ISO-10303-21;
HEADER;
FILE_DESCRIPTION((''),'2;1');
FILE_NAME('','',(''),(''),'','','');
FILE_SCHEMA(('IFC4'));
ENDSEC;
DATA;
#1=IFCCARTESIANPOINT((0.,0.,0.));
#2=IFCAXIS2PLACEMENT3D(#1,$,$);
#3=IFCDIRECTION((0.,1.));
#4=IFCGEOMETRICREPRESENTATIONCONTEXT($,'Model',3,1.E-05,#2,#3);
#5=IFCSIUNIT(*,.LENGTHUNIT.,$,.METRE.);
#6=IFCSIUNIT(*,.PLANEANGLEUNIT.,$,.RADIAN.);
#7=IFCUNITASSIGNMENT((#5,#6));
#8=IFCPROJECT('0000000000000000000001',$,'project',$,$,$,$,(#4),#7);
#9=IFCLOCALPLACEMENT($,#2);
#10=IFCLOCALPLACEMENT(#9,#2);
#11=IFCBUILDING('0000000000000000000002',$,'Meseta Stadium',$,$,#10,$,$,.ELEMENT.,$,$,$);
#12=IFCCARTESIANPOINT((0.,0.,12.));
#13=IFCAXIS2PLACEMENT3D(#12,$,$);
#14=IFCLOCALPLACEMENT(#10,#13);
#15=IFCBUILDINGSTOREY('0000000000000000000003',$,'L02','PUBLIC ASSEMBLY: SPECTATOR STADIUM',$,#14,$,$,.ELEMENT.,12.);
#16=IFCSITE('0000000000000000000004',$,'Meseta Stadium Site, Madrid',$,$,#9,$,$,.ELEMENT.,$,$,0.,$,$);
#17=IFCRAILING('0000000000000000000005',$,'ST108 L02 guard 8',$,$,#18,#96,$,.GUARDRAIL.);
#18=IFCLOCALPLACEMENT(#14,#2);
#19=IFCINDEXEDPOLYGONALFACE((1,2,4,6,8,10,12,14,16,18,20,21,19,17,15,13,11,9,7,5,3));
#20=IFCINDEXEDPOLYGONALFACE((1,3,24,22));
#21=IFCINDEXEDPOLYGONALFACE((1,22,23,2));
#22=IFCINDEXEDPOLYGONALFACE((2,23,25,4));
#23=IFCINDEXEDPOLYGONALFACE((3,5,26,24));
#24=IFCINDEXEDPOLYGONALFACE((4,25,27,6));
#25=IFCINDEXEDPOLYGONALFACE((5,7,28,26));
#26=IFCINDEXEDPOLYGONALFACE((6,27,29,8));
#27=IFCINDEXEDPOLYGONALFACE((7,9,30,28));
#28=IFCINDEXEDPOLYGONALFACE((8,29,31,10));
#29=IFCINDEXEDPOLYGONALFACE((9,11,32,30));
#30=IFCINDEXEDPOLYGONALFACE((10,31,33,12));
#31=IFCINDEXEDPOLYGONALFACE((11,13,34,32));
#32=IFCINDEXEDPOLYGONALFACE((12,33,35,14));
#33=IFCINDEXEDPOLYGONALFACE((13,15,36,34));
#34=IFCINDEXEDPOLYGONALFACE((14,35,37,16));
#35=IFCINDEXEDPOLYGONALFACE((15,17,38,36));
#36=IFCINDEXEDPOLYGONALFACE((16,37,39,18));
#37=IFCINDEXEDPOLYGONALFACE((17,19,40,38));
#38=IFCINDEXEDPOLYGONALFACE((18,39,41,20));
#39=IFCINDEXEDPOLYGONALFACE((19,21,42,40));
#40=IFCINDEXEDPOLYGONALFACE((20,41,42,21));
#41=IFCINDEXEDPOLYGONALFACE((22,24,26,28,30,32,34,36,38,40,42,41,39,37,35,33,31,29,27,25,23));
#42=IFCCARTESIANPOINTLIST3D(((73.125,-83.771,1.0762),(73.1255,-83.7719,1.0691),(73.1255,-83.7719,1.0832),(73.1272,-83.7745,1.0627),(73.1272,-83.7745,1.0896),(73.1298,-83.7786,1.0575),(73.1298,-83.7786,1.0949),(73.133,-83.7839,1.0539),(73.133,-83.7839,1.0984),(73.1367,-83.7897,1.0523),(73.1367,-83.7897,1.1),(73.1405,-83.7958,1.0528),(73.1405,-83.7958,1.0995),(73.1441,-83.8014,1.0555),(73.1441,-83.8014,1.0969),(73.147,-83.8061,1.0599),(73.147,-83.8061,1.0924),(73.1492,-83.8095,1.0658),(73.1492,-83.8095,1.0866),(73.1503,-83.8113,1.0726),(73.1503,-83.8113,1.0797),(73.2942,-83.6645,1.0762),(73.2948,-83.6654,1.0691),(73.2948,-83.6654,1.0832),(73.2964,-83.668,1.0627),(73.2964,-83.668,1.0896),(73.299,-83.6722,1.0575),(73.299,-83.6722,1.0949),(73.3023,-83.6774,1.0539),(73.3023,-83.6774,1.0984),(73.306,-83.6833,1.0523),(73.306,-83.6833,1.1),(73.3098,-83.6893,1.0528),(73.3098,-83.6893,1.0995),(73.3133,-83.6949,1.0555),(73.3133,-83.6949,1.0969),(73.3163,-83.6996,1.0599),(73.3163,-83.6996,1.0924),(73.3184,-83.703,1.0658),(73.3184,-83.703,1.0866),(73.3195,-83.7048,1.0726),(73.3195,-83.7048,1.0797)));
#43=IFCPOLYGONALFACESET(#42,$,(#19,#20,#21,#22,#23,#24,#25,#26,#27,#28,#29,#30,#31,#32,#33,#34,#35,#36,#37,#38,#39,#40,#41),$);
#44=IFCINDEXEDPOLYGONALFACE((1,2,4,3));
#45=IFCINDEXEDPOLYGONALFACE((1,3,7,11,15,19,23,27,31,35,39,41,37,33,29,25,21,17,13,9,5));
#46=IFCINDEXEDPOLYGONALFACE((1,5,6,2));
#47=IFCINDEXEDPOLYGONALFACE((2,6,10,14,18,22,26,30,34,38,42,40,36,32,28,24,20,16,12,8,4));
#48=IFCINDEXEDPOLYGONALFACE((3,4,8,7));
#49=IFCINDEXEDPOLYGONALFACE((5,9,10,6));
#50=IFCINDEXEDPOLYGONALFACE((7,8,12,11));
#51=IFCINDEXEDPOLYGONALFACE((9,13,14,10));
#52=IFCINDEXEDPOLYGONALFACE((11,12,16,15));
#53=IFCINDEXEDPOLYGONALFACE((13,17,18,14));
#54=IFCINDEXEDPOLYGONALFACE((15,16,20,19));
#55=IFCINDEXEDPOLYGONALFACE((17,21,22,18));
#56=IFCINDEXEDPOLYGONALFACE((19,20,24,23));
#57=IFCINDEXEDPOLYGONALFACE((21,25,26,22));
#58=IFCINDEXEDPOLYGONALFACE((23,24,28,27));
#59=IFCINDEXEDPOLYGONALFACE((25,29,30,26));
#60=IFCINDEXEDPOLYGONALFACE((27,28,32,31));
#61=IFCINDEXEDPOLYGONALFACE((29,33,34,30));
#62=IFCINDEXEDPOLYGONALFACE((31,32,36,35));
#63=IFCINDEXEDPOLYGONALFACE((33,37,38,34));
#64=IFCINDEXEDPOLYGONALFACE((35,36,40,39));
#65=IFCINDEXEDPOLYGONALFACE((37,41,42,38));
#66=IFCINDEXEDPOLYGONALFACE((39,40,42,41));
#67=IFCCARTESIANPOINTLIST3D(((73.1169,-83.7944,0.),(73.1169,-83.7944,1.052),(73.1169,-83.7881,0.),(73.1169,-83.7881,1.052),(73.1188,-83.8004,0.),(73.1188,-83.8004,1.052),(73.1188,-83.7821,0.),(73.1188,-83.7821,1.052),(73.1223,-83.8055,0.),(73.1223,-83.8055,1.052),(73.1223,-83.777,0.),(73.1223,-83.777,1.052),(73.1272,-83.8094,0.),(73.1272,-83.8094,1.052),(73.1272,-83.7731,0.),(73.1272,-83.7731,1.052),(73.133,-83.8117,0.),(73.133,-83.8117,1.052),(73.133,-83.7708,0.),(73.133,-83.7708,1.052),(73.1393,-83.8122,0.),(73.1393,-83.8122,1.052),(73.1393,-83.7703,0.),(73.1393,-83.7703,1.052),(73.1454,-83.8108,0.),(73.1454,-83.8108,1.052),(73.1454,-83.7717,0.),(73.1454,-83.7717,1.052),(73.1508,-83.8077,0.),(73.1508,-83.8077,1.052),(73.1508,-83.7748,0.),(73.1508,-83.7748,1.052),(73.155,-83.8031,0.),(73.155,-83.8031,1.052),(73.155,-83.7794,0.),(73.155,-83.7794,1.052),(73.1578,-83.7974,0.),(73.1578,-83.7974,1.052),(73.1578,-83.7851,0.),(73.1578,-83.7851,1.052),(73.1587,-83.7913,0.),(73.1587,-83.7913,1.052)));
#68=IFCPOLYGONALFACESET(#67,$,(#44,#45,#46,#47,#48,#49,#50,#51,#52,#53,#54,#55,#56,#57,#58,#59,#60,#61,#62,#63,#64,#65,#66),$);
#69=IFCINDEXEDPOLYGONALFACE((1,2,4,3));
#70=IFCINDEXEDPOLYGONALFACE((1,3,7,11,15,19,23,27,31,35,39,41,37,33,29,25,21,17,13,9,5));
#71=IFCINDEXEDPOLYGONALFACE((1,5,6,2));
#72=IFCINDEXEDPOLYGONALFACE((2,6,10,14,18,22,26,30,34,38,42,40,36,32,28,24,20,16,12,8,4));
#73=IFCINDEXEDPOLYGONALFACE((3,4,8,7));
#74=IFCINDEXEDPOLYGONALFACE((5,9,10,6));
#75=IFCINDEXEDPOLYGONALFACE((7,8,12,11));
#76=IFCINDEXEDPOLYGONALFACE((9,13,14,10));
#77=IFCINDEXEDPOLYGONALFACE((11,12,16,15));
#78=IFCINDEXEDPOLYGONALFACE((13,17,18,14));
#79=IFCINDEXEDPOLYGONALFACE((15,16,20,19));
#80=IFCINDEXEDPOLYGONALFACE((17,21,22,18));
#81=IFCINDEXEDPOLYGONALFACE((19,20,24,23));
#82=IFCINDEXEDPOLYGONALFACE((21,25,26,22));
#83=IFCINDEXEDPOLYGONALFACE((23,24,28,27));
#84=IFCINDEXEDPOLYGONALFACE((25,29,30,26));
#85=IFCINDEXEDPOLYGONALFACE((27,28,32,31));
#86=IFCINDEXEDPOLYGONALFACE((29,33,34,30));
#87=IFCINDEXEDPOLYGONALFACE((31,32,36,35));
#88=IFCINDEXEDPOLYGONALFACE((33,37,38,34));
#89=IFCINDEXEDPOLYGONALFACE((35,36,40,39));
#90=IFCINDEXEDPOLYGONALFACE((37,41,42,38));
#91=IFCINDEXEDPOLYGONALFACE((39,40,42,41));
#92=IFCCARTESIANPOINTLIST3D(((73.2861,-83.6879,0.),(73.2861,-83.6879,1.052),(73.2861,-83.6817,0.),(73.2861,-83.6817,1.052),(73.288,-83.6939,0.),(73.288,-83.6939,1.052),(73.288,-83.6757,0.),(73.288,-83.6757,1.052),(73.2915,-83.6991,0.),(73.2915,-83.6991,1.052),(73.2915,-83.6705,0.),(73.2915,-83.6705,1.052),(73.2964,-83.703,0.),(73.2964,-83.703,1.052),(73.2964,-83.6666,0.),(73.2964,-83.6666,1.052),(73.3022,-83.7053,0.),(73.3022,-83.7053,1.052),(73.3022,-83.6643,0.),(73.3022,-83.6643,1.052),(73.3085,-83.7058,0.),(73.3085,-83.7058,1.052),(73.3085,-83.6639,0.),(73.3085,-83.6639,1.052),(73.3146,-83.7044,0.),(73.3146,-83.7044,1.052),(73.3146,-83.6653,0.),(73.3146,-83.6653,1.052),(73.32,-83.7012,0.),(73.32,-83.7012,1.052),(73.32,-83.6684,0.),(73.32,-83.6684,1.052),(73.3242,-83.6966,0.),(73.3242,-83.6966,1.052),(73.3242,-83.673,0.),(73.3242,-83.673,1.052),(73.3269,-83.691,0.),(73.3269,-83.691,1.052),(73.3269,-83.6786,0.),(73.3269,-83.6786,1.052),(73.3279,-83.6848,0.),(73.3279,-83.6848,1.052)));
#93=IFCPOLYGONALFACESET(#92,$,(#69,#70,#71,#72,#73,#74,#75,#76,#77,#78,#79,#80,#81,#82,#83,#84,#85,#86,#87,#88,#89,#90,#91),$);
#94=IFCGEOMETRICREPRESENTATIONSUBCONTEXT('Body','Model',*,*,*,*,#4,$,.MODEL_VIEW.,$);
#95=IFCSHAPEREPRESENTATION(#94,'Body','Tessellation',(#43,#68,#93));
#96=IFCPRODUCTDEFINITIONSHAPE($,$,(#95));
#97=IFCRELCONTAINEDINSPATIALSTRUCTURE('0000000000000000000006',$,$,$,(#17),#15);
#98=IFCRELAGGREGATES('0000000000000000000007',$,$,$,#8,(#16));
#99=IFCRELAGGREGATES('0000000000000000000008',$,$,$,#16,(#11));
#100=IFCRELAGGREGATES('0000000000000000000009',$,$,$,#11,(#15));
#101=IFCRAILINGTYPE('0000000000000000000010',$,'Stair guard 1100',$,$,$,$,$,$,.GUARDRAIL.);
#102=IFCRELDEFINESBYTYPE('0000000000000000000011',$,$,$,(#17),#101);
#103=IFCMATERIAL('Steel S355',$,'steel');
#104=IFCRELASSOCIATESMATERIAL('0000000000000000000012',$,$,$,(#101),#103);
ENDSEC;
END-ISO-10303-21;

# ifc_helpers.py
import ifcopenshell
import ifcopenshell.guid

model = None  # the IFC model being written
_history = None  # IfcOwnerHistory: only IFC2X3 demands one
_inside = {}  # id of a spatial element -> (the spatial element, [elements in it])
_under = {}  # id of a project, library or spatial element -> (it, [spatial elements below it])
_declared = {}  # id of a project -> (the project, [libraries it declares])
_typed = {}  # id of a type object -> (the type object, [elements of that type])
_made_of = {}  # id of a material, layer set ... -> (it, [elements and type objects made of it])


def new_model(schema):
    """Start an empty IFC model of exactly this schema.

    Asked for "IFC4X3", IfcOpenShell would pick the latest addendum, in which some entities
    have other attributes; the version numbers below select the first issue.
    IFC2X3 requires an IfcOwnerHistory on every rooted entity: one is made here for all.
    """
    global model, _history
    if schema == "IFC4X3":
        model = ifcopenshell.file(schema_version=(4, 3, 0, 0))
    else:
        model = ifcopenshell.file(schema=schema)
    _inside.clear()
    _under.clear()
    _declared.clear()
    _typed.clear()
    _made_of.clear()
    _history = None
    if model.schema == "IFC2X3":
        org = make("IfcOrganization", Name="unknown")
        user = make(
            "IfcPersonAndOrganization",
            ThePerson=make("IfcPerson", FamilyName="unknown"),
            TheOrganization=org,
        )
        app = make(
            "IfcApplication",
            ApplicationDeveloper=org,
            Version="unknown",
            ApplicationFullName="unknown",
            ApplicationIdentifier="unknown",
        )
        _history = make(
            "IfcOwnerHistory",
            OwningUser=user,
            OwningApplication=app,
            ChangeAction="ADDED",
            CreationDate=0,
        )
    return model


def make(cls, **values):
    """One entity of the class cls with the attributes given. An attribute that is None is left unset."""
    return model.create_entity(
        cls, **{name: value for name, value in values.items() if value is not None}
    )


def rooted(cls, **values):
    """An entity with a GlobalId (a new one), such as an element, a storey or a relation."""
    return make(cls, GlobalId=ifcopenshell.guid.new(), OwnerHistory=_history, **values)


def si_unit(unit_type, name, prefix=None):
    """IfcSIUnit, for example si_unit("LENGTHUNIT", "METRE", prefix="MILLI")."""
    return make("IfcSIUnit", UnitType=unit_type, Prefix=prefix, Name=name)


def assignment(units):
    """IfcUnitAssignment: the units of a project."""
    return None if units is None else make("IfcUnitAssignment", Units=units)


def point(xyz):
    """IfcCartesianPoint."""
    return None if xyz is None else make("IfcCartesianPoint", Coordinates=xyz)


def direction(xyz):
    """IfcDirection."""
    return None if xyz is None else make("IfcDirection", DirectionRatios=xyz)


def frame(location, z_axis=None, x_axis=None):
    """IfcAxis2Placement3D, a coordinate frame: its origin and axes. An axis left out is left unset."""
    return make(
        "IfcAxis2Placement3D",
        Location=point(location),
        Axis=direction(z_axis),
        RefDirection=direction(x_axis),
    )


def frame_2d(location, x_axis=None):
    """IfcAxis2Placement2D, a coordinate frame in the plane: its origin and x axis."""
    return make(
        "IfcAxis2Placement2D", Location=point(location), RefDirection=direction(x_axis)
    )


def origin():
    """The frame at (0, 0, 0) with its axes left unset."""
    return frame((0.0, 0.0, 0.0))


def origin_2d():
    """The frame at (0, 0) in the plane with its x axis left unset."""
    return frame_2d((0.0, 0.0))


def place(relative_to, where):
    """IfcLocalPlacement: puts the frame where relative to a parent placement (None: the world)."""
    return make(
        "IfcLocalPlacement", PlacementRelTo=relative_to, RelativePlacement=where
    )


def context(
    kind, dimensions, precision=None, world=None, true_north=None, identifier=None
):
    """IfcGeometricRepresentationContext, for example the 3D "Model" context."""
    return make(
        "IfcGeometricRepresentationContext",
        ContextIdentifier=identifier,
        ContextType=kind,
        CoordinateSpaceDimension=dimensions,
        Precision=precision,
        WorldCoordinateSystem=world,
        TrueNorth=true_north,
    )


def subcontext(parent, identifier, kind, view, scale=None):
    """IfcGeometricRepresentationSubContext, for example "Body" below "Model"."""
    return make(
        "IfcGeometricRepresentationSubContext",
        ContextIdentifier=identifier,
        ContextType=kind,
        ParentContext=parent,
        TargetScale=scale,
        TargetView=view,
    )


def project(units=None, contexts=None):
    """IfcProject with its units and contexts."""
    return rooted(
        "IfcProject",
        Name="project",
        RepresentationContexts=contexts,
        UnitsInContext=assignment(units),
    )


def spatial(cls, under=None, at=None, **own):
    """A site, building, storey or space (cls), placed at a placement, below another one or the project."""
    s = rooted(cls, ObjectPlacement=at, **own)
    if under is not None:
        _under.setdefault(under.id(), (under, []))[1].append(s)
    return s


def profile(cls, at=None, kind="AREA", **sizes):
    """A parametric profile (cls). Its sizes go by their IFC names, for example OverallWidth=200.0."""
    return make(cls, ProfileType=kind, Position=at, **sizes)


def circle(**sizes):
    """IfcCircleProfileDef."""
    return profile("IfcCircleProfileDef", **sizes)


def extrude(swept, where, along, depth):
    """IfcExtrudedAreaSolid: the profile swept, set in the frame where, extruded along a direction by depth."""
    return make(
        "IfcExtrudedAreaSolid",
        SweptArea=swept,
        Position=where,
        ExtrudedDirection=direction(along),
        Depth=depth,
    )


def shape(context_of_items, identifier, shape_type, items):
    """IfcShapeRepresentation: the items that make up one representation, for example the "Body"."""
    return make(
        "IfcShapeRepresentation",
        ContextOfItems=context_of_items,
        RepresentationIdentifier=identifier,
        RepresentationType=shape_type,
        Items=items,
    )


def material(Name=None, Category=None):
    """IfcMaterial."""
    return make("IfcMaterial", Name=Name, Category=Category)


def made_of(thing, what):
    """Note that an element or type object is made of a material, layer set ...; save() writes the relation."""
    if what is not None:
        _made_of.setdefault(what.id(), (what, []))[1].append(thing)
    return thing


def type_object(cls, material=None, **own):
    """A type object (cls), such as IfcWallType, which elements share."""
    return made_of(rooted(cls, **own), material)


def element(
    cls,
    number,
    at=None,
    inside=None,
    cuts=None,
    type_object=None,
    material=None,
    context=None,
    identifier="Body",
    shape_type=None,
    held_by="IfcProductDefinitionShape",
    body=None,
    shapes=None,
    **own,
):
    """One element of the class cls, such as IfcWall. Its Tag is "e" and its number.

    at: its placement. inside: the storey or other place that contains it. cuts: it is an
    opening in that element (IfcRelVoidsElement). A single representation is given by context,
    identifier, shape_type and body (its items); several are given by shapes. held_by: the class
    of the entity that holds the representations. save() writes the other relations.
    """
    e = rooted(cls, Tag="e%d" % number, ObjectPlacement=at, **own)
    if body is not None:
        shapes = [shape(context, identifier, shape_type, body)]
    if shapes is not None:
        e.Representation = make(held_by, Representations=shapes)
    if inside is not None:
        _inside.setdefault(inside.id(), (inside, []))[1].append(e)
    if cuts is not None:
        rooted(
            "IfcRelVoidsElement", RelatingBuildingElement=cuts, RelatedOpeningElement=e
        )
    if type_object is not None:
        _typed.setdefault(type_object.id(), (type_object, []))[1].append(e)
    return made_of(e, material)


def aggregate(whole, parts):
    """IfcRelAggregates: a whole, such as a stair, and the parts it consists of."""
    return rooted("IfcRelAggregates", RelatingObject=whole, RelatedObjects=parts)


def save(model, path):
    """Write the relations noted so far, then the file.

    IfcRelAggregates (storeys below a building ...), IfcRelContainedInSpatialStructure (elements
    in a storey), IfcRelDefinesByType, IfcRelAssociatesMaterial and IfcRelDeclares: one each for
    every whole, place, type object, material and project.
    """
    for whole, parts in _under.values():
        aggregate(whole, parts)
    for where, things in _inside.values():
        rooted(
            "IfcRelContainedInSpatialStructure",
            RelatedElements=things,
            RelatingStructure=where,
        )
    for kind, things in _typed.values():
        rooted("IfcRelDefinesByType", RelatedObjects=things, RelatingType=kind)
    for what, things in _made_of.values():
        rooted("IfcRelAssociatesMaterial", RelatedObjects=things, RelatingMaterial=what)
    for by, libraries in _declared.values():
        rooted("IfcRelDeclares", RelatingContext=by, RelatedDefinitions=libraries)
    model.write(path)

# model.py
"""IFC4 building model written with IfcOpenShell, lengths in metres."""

from ifc_helpers import new_model, si_unit, direction, frame, origin, origin_2d, place, context, subcontext, project, spatial, circle, extrude, material, type_object, element, save


model = new_model("IFC4")

# Units and contexts
model_context = context("Model", 3, precision=1e-05, world=origin(), true_north=direction((0.0, 1.0)))
body_context = subcontext(model_context, "Body", "Model", "MODEL_VIEW")
ifc_project = project(units=[si_unit("LENGTHUNIT", "METRE"), si_unit("PLANEANGLEUNIT", "RADIAN")], contexts=[model_context])

# Site, building, storey
site_placement = place(None, origin())
site = spatial("IfcSite", under=ifc_project, at=site_placement, Name="Meseta Stadium Site, Madrid", CompositionType="ELEMENT", RefElevation=0.0)
building_placement = place(site_placement, origin())
building = spatial("IfcBuilding", under=site, at=building_placement, Name="Meseta Stadium", CompositionType="ELEMENT")
storey_placement = place(building_placement, frame((0.0, 0.0, 12.0)))
storey = spatial("IfcBuildingStorey", under=building, at=storey_placement, Name="L02", Description="PUBLIC ASSEMBLY: SPECTATOR STADIUM", CompositionType="ELEMENT", Elevation=12.0)

# Railing
ifc_material_1 = material(Name="Steel S355", Category="steel")
railing_type_1 = type_object("IfcRailingType", Name="Stair guard 1100", PredefinedType="GUARDRAIL", material=ifc_material_1)
railing_1_placement = place(storey_placement, frame((73.1377, -83.7913, 0.0)))
element("IfcRailing", 1, at=railing_1_placement, inside=storey, type_object=railing_type_1, Name="ST108 L02 guard 8", PredefinedType="GUARDRAIL", context=body_context, shape_type="SweptSolid", body=[
    extrude(circle(Radius=0.0239, at=origin_2d()), frame((0.0, 0.0, 1.0762), z_axis=(0.846416, 0.532522, 0.0), x_axis=(-0.532522, 0.846416, 0.0)), (0.0, 0.0, 1.0), 0.2),
    extrude(circle(Radius=0.021, at=origin_2d()), origin(), (0.0, 0.0, 1.0), 1.052),
    extrude(circle(Radius=0.021, at=origin_2d()), frame((0.1692, 0.1064, 0.0)), (0.0, 0.0, 1.0), 1.052),
])

save(model, "model.ifc")
